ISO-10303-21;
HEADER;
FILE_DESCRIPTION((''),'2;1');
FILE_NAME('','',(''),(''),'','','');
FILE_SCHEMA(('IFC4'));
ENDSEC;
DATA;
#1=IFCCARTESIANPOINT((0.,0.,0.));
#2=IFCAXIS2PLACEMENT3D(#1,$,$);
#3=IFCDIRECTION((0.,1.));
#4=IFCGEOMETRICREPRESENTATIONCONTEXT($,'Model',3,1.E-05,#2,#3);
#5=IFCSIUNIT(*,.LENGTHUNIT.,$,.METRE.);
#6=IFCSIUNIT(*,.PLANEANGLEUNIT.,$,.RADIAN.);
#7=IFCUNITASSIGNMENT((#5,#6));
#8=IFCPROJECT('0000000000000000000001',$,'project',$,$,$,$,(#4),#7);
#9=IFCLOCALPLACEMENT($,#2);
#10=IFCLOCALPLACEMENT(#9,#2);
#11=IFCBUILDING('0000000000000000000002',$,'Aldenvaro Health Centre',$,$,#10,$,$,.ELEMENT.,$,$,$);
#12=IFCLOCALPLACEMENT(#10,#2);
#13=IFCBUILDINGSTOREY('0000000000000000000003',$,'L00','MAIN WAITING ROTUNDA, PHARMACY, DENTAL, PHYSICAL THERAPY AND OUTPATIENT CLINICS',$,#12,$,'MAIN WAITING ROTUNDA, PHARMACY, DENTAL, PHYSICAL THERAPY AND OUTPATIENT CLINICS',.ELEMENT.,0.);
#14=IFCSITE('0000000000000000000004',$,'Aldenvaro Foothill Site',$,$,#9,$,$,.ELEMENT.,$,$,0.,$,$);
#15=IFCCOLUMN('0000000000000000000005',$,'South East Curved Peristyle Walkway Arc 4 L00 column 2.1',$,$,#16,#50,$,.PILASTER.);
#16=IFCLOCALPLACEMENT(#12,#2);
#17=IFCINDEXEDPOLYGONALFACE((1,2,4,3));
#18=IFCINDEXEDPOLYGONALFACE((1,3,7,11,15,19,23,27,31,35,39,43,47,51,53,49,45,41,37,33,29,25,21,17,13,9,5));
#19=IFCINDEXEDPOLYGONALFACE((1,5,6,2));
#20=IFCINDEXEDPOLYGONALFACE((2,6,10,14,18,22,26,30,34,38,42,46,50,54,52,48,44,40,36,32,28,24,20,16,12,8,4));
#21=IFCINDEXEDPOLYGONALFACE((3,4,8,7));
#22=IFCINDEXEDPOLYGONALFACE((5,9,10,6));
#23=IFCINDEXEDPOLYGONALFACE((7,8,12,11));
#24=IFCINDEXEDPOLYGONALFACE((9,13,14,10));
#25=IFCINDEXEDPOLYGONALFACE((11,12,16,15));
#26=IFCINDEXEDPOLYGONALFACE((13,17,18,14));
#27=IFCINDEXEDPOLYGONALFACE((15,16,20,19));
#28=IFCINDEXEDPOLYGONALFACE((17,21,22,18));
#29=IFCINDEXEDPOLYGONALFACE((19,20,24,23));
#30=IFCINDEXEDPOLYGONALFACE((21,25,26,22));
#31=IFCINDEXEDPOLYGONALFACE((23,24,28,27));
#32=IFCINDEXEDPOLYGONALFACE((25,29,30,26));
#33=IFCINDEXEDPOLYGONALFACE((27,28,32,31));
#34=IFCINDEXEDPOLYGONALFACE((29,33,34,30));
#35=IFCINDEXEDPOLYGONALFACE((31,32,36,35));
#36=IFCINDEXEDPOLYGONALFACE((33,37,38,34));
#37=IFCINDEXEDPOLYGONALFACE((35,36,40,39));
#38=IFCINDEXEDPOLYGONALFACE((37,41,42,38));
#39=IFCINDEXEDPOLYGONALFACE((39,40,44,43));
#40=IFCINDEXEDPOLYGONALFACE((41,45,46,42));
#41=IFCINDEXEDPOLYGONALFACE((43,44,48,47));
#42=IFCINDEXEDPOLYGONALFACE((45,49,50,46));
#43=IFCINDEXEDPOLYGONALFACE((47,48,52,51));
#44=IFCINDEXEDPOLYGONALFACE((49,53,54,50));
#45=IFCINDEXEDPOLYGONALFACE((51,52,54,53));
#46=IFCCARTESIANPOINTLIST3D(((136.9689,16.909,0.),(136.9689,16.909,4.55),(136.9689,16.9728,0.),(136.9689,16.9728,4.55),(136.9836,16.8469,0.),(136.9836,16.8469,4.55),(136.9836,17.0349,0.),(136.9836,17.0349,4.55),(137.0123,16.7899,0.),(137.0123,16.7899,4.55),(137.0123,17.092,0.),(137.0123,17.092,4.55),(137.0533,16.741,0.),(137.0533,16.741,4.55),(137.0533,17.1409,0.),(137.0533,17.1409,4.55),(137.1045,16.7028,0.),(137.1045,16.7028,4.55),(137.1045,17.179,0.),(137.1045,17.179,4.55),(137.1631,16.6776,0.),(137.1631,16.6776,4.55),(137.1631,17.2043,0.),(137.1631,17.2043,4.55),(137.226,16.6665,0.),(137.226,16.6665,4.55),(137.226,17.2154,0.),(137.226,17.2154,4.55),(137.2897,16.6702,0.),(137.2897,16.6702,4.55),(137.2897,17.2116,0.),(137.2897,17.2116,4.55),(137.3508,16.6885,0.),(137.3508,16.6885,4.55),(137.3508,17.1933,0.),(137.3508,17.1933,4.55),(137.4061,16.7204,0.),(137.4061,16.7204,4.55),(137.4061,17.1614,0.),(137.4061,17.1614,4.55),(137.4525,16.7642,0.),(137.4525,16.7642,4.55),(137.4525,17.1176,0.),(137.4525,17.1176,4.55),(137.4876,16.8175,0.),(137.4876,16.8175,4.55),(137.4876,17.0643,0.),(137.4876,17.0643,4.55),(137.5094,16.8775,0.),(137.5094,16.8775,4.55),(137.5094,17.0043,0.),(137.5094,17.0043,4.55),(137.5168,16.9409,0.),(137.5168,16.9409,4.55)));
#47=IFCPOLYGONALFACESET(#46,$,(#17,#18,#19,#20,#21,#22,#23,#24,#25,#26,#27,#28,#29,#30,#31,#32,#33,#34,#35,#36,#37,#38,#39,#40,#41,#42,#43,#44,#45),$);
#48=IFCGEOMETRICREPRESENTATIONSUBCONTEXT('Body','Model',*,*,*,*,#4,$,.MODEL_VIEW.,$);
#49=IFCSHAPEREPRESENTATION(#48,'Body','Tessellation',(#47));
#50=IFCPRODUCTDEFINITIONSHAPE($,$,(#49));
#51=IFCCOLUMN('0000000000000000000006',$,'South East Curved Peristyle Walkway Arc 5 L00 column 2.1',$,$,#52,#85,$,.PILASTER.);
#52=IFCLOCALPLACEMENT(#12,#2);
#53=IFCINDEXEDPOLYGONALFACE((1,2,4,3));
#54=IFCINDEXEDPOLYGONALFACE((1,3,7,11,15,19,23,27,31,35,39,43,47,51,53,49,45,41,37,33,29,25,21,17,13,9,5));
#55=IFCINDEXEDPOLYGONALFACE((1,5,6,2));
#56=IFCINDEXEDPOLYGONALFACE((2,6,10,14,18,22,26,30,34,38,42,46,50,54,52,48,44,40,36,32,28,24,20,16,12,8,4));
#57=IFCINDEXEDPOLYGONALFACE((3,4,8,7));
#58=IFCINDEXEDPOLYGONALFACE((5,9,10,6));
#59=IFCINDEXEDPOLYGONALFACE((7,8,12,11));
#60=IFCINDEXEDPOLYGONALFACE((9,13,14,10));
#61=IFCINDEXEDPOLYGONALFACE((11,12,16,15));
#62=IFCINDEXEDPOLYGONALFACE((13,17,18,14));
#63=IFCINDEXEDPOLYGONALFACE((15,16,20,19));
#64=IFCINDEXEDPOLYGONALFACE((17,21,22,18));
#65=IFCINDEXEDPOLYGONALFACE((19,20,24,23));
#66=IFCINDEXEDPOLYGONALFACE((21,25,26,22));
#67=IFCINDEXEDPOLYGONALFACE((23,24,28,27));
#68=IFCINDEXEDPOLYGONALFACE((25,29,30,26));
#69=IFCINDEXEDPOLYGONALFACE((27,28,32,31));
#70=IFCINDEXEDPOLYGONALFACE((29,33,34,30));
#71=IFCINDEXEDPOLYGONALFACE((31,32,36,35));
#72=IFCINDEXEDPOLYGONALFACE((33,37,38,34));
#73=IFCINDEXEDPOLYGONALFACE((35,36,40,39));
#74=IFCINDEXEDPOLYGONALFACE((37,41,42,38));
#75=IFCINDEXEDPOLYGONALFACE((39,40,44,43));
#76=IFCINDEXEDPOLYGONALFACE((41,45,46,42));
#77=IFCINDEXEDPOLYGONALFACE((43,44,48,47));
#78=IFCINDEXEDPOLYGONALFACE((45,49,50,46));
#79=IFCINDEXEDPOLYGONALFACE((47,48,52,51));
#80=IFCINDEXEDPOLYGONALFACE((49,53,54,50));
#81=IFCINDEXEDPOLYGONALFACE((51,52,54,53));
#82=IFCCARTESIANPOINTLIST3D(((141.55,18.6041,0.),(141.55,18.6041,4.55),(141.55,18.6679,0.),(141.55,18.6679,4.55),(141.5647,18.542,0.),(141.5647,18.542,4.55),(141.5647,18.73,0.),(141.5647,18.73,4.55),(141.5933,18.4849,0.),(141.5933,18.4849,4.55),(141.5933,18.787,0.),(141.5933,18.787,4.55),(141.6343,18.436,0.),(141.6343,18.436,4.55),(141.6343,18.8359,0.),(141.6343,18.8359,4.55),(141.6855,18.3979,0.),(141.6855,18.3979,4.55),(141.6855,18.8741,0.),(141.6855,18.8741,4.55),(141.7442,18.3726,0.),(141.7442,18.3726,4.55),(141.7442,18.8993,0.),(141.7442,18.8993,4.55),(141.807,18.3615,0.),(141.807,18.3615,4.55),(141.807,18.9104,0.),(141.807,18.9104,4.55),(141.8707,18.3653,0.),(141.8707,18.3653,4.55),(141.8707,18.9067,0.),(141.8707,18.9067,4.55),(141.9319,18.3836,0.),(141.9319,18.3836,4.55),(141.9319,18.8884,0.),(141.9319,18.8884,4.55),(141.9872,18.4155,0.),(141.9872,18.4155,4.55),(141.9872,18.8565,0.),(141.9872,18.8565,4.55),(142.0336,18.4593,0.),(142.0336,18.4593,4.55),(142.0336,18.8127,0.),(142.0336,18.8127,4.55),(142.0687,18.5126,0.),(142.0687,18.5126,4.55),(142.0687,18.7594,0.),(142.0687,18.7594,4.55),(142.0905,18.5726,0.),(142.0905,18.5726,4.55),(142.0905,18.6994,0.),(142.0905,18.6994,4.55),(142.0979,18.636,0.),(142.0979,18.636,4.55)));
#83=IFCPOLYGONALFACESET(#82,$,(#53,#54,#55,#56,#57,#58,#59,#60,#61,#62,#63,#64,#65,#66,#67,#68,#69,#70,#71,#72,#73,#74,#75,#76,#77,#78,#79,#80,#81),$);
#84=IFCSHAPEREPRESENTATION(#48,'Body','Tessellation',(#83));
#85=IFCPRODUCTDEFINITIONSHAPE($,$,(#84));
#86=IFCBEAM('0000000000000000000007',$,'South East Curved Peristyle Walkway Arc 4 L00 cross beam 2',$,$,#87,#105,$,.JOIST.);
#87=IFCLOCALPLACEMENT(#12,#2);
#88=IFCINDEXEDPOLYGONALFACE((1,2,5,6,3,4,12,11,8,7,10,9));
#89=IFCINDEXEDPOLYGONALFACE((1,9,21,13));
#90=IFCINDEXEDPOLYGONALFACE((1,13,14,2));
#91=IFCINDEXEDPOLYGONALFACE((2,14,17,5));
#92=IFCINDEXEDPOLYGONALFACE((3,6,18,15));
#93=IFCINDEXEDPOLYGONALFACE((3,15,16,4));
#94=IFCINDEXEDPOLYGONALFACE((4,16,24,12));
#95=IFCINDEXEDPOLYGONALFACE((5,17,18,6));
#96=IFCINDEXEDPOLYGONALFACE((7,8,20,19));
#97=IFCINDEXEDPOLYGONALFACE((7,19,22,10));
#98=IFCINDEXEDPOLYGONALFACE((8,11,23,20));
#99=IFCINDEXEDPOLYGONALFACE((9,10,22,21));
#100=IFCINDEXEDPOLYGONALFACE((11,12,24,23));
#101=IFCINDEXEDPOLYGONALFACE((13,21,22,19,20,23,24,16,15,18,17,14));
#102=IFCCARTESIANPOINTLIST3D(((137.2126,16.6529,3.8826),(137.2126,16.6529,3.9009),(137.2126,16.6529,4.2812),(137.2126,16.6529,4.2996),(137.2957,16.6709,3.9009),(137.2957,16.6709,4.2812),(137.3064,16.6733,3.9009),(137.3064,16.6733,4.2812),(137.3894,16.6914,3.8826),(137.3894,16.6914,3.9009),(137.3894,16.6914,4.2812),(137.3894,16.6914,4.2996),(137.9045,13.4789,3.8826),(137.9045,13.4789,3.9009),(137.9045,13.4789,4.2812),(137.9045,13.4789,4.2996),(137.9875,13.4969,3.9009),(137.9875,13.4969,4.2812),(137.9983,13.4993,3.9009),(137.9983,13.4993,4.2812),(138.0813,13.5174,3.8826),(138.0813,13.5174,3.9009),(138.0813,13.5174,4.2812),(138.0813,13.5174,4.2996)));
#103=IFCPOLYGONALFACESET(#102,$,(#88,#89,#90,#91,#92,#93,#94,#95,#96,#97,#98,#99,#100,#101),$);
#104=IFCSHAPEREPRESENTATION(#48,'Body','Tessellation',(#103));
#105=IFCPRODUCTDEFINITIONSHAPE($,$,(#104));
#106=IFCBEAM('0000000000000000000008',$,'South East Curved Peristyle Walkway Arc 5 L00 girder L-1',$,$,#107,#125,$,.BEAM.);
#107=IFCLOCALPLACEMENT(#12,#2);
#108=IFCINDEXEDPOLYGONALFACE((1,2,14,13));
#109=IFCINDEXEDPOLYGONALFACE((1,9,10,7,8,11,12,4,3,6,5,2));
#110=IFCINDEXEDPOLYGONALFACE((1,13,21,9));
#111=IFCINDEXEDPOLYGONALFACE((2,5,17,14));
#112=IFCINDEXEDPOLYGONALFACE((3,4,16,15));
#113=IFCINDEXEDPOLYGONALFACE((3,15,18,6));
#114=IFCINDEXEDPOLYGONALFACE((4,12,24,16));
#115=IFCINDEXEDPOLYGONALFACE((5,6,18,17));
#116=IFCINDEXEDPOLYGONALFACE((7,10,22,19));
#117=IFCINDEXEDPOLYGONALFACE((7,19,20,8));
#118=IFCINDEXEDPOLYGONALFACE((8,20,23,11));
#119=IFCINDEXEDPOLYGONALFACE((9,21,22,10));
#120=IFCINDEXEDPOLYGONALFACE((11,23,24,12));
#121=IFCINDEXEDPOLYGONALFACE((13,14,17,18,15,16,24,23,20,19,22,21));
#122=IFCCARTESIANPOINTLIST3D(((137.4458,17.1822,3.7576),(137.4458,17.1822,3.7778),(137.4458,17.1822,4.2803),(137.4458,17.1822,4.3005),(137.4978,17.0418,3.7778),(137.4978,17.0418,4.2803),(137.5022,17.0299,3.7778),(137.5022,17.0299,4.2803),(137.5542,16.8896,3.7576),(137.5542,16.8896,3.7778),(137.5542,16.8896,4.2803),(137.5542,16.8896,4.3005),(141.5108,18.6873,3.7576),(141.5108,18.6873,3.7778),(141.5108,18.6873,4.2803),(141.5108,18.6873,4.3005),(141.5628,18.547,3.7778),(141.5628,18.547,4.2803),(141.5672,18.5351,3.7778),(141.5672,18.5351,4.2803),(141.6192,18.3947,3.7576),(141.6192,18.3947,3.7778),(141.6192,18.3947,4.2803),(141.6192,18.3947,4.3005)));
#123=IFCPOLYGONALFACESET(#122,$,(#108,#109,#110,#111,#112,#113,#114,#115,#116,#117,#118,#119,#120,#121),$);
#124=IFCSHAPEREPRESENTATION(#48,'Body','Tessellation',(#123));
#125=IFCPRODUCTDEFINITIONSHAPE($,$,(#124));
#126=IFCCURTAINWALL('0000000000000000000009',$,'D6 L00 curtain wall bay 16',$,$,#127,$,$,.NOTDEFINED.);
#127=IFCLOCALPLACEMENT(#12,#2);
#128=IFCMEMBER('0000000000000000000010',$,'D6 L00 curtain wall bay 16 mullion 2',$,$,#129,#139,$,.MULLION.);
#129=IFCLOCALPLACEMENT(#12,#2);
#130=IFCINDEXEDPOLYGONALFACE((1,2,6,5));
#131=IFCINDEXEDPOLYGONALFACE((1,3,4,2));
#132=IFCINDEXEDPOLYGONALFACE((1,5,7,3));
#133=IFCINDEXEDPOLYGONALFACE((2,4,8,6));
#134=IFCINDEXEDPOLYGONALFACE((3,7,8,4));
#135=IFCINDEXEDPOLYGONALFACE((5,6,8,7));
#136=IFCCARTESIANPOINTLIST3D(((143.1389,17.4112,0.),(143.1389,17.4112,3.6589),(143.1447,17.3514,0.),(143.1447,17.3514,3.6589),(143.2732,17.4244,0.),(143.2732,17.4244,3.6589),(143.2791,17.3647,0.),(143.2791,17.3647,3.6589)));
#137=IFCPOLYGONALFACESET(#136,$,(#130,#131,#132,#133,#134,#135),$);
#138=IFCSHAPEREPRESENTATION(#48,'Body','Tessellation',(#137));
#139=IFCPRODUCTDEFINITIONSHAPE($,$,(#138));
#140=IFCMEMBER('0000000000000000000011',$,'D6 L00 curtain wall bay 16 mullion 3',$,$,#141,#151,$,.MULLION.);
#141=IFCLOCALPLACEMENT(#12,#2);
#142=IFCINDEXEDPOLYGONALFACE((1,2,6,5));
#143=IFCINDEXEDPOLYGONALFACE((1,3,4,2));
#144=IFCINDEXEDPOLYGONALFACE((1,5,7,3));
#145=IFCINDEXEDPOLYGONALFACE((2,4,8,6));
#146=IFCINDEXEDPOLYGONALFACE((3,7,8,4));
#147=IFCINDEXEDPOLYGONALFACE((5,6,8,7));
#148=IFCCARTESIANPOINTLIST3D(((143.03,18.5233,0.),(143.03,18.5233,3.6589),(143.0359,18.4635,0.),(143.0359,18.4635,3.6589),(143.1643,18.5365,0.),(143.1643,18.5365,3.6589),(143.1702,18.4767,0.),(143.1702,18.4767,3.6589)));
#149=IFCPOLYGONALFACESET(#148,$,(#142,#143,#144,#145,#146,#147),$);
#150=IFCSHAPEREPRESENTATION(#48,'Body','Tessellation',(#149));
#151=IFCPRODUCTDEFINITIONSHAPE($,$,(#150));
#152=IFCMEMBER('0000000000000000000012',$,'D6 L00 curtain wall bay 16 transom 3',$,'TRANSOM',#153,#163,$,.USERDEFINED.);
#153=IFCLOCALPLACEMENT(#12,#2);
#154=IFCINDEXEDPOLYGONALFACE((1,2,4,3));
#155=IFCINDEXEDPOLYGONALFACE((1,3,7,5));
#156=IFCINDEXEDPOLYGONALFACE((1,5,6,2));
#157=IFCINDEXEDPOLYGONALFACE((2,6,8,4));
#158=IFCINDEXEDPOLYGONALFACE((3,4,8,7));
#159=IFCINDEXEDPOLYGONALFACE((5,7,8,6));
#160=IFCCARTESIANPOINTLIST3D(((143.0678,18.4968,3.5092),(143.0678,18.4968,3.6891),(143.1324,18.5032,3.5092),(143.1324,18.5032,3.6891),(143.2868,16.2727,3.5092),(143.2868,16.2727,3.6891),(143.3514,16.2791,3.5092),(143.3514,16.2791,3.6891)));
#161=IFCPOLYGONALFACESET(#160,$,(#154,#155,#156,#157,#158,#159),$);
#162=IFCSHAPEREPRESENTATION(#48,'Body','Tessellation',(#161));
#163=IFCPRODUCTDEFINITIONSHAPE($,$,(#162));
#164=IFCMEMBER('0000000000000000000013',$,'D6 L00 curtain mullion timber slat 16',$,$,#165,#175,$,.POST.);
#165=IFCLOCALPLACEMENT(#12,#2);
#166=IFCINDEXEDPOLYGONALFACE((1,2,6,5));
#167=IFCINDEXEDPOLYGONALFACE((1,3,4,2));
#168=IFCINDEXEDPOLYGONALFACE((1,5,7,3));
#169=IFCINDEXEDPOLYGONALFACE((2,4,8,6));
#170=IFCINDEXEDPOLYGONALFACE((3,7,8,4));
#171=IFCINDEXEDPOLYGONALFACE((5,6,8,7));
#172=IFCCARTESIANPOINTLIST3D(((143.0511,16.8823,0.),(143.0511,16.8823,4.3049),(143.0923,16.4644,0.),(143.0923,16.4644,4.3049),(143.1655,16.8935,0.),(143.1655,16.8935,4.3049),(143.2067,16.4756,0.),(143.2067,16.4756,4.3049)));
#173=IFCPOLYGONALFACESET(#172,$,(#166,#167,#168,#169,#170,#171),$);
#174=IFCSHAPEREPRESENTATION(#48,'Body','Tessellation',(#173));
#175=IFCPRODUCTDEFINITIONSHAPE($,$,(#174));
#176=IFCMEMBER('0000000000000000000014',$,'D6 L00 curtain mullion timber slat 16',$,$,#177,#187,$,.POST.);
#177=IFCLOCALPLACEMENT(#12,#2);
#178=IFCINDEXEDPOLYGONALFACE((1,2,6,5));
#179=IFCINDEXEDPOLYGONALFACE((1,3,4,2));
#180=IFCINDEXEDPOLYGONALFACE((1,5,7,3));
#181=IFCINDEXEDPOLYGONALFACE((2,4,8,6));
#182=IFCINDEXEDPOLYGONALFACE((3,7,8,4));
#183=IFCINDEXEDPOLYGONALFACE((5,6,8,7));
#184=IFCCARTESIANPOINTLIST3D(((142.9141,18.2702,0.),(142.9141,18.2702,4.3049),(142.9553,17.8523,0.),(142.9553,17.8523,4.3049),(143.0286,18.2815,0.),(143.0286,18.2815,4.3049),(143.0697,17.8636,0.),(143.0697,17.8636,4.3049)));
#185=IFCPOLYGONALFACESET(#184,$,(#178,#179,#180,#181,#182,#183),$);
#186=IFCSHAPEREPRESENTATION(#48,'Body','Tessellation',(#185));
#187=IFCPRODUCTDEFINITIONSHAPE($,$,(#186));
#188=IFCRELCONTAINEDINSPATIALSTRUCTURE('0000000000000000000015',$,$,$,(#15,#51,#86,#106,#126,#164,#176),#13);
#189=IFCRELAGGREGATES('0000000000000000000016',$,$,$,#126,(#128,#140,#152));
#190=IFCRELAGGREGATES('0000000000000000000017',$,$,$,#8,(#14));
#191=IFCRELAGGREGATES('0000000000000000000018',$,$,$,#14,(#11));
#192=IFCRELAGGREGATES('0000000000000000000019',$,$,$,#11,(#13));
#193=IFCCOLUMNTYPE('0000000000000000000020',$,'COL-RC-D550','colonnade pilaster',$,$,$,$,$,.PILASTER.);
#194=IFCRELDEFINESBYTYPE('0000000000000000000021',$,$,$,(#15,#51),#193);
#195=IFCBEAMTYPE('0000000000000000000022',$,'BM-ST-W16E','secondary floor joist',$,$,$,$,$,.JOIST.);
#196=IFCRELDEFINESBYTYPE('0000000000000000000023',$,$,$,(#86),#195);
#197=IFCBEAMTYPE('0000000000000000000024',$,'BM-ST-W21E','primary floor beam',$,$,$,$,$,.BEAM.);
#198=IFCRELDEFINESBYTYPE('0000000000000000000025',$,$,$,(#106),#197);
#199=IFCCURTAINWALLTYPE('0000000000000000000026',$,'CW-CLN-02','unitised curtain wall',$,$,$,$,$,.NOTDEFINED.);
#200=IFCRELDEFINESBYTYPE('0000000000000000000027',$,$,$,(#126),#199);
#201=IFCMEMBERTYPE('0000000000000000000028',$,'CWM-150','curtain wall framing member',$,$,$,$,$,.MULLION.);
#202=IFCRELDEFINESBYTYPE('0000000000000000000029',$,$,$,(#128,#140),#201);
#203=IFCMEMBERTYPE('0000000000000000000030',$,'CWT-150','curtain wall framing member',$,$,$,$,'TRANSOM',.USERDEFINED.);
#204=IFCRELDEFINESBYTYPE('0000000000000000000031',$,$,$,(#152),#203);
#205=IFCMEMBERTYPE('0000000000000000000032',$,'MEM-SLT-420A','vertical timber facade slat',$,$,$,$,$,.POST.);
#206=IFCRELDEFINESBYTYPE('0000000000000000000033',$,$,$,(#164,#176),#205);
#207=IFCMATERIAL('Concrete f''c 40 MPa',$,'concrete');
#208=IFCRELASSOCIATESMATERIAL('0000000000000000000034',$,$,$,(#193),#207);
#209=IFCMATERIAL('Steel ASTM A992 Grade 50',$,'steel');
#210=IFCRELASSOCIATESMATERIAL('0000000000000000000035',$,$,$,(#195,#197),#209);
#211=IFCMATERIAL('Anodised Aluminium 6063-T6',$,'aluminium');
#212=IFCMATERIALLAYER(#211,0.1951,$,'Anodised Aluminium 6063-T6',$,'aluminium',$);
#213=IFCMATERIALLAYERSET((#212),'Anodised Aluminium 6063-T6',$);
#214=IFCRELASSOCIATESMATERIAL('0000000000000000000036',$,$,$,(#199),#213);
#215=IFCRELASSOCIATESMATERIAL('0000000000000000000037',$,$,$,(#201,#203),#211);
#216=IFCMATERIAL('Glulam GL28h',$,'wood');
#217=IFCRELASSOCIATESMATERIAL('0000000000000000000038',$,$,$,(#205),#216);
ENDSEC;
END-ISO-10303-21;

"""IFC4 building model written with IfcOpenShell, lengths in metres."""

from ifc_helpers import new_model, si_unit, direction, frame, origin, origin_2d, place, context, subcontext, project, spatial, rectangle, circle, i_section, extrude, material, layer, layer_set, material_profile, profile_set, type_object, element, aggregate, save


model = new_model("IFC4")

# Units and contexts
model_context = context("Model", 3, precision=1e-05, world=origin(), true_north=direction((0.0, 1.0)))
body_context = subcontext(model_context, "Body", "Model", "MODEL_VIEW")
ifc_project = project(units=[si_unit("LENGTHUNIT", "METRE"), si_unit("PLANEANGLEUNIT", "RADIAN")], contexts=[model_context])

# Site, building, storey
site_placement = place(None, origin())
site = spatial("IfcSite", under=ifc_project, at=site_placement, Name="Aldenvaro Foothill Site", CompositionType="ELEMENT", RefElevation=0.0)
building_placement = place(site_placement, origin())
building = spatial("IfcBuilding", under=site, at=building_placement, Name="Aldenvaro Health Centre", CompositionType="ELEMENT")
storey_placement = place(building_placement, origin())
storey = spatial("IfcBuildingStorey", under=building, at=storey_placement, Name="L00", Description="MAIN WAITING ROTUNDA, PHARMACY, DENTAL, PHYSICAL THERAPY AND OUTPATIENT CLINICS", LongName="MAIN WAITING ROTUNDA, PHARMACY, DENTAL, PHYSICAL THERAPY AND OUTPATIENT CLINICS", CompositionType="ELEMENT", Elevation=0.0)

# Columns
ifc_material_1 = material(Name="Concrete f'c 40 MPa", Category="concrete")
ifc_material_profile_1 = material_profile(ifc_material_1, circle(Radius=0.2749, at=origin_2d()), Name="RC D550", Category="concrete")
ifc_profile_set_1 = profile_set([ifc_material_profile_1], Name="Concrete f'c 40 MPa")
column_type = type_object("IfcColumnType", Name="COL-RC-D550", Description="colonnade pilaster", PredefinedType="PILASTER", material=ifc_profile_set_1)
for number, where, z_axis, x_axis, name in (
    (1, (137.2419, 16.9409, 0.0), (0.0, 0.0, 1.0), (1.0, 0.0, 0.0), "South East Curved Peristyle Walkway Arc 4 L00 column 2.1"),
    (2, (141.823, 18.636, 0.0), (0.0, 0.0, 1.0), (1.0, 0.0, 0.0), "South East Curved Peristyle Walkway Arc 5 L00 column 2.1"),
):
    element("IfcColumn", number, at=place(storey_placement, frame(where, z_axis=z_axis, x_axis=x_axis)), inside=storey, type_object=column_type, Name=name, PredefinedType="PILASTER", context=body_context, shape_type="SweptSolid", body=[
        extrude(circle(Radius=0.2749, at=origin_2d()), origin(), (0.0, 0.0, 1.0), 4.55),
    ])

# Beams
ifc_material_2 = material(Name="Steel ASTM A992 Grade 50", Category="steel")
ifc_material_profile_2 = material_profile(ifc_material_2, i_section(OverallWidth=0.1809, OverallDepth=0.417, WebThickness=0.011, FlangeThickness=0.0183, at=origin_2d()), Name="W16X57", Category="steel")
ifc_profile_set_2 = profile_set([ifc_material_profile_2], Name="Steel ASTM A992 Grade 50")
beam_type_1 = type_object("IfcBeamType", Name="BM-ST-W16E", Description="secondary floor joist", PredefinedType="JOIST", material=ifc_profile_set_2)
beam_1_placement = place(storey_placement, frame((137.301, 16.6721, 4.0911), z_axis=(0.212982, -0.977056, 0.0), x_axis=(0.977056, 0.212982, 0.0)))
element("IfcBeam", 3, at=beam_1_placement, inside=storey, type_object=beam_type_1, Name="South East Curved Peristyle Walkway Arc 4 L00 cross beam 2", PredefinedType="JOIST", context=body_context, shape_type="SweptSolid", body=[
    extrude(i_section(OverallWidth=0.1809, OverallDepth=0.417, WebThickness=0.011, FlangeThickness=0.0183, at=origin_2d()), origin(), (0.0, 0.0, 1.0), 3.2485),
])
ifc_material_profile_3 = material_profile(ifc_material_2, i_section(OverallWidth=0.312, OverallDepth=0.543, WebThickness=0.0127, FlangeThickness=0.0203, at=origin_2d()), Name="W21X101", Category="steel")
ifc_profile_set_3 = profile_set([ifc_material_profile_3], Name="Steel ASTM A992 Grade 50")
beam_type_2 = type_object("IfcBeamType", Name="BM-ST-W21E", Description="primary floor beam", PredefinedType="BEAM", material=ifc_profile_set_3)
beam_2_placement = place(storey_placement, frame((137.5, 17.0359, 4.0291), z_axis=(0.937779, 0.347232, 0.0), x_axis=(-0.347232, 0.937779, 0.0)))
element("IfcBeam", 4, at=beam_2_placement, inside=storey, type_object=beam_type_2, Name="South East Curved Peristyle Walkway Arc 5 L00 girder L-1", PredefinedType="BEAM", context=body_context, shape_type="SweptSolid", body=[
    extrude(i_section(OverallWidth=0.312, OverallDepth=0.543, WebThickness=0.0127, FlangeThickness=0.0203, at=origin_2d()), origin(), (0.0, 0.0, 1.0), 4.3347),
])

# Curtain wall, members
ifc_material_3 = material(Name="Anodised Aluminium 6063-T6", Category="aluminium")
ifc_layer_1 = layer(ifc_material_3, 0.1951, Name="Anodised Aluminium 6063-T6", Category="aluminium")
ifc_layer_set_1 = layer_set([ifc_layer_1], Name="Anodised Aluminium 6063-T6")
curtain_wall_type = type_object("IfcCurtainWallType", Name="CW-CLN-02", Description="unitised curtain wall", PredefinedType="NOTDEFINED", material=ifc_layer_set_1)
curtain_wall_placement = place(storey_placement, origin())
curtain_wall = element("IfcCurtainWall", 5, at=curtain_wall_placement, inside=storey, type_object=curtain_wall_type, Name="D6 L00 curtain wall bay 16", PredefinedType="NOTDEFINED")
ifc_material_profile_4 = material_profile(ifc_material_3, rectangle(XDim=0.0601, YDim=0.135, at=origin_2d()), Name="ALU 60x135", Category="aluminium")
ifc_profile_set_4 = profile_set([ifc_material_profile_4], Name="Anodised Aluminium 6063-T6")
member_type_1 = type_object("IfcMemberType", Name="CWM-150", Description="curtain wall framing member", PredefinedType="MULLION", material=ifc_profile_set_4)
member_1_placement = place(storey_placement, frame((143.209, 17.3879, 0.0), z_axis=(0.0, 0.0, 1.0), x_axis=(-0.097997, 0.995187, 0.0)))
member_1 = element("IfcMember", 6, at=member_1_placement, type_object=member_type_1, Name="D6 L00 curtain wall bay 16 mullion 2", PredefinedType="MULLION", context=body_context, shape_type="SweptSolid", body=[
    extrude(rectangle(XDim=0.0601, YDim=0.135, at=origin_2d()), origin(), (0.0, 0.0, 1.0), 3.6589),
])
member_2_placement = place(storey_placement, frame((143.1001, 18.5, 0.0), z_axis=(0.0, 0.0, 1.0), x_axis=(-0.097997, 0.995187, 0.0)))
member_2 = element("IfcMember", 7, at=member_2_placement, type_object=member_type_1, Name="D6 L00 curtain wall bay 16 mullion 3", PredefinedType="MULLION", context=body_context, shape_type="SweptSolid", body=[
    extrude(rectangle(XDim=0.0601, YDim=0.135, at=origin_2d()), origin(), (0.0, 0.0, 1.0), 3.6589),
])
ifc_material_profile_5 = material_profile(ifc_material_3, rectangle(XDim=0.0649, YDim=0.1799, at=origin_2d()), Name="ALU 65x180", Category="aluminium")
ifc_profile_set_5 = profile_set([ifc_material_profile_5], Name="Anodised Aluminium 6063-T6")
member_type_2 = type_object("IfcMemberType", Name="CWT-150", Description="curtain wall framing member", ElementType="TRANSOM", PredefinedType="USERDEFINED", material=ifc_profile_set_5)
member_3_placement = place(storey_placement, frame((143.3191, 16.2759, 3.5991), z_axis=(-0.097989, 0.995187, 0.0), x_axis=(-0.995187, -0.097989, 0.0)))
member_3 = element("IfcMember", 8, at=member_3_placement, type_object=member_type_2, Name="D6 L00 curtain wall bay 16 transom 3", ObjectType="TRANSOM", PredefinedType="USERDEFINED", context=body_context, shape_type="SweptSolid", body=[
    extrude(rectangle(XDim=0.0649, YDim=0.1799, at=origin_2d()), origin(), (0.0, 0.0, 1.0), 2.2349),
])

# Members
ifc_material_4 = material(Name="Glulam GL28h", Category="wood")
ifc_material_profile_6 = material_profile(ifc_material_4, rectangle(XDim=0.115, YDim=0.4199, at=origin_2d()), Name="GL 115x420", Category="wood")
ifc_profile_set_6 = profile_set([ifc_material_profile_6], Name="Glulam GL28h")
member_type_3 = type_object("IfcMemberType", Name="MEM-SLT-420A", Description="vertical timber facade slat", PredefinedType="POST", material=ifc_profile_set_6)
for number, where, z_axis, x_axis, name in (
    (9, (143.1289, 16.679, 0.0), (0.0, 0.0, 1.0), (-0.995187, -0.097997, 0.0), "D6 L00 curtain mullion timber slat 16"),
    (10, (142.9919, 18.0669, 0.0), (0.0, 0.0, 1.0), (-0.995187, -0.097997, 0.0), "D6 L00 curtain mullion timber slat 16"),
):
    element("IfcMember", number, at=place(storey_placement, frame(where, z_axis=z_axis, x_axis=x_axis)), inside=storey, type_object=member_type_3, Name=name, PredefinedType="POST", context=body_context, shape_type="SweptSolid", body=[
        extrude(rectangle(XDim=0.115, YDim=0.4199, at=origin_2d()), origin(), (0.0, 0.0, 1.0), 4.3049),
    ])

aggregate(curtain_wall, [member_1, member_2, member_3])

save(model, "model.ifc")
